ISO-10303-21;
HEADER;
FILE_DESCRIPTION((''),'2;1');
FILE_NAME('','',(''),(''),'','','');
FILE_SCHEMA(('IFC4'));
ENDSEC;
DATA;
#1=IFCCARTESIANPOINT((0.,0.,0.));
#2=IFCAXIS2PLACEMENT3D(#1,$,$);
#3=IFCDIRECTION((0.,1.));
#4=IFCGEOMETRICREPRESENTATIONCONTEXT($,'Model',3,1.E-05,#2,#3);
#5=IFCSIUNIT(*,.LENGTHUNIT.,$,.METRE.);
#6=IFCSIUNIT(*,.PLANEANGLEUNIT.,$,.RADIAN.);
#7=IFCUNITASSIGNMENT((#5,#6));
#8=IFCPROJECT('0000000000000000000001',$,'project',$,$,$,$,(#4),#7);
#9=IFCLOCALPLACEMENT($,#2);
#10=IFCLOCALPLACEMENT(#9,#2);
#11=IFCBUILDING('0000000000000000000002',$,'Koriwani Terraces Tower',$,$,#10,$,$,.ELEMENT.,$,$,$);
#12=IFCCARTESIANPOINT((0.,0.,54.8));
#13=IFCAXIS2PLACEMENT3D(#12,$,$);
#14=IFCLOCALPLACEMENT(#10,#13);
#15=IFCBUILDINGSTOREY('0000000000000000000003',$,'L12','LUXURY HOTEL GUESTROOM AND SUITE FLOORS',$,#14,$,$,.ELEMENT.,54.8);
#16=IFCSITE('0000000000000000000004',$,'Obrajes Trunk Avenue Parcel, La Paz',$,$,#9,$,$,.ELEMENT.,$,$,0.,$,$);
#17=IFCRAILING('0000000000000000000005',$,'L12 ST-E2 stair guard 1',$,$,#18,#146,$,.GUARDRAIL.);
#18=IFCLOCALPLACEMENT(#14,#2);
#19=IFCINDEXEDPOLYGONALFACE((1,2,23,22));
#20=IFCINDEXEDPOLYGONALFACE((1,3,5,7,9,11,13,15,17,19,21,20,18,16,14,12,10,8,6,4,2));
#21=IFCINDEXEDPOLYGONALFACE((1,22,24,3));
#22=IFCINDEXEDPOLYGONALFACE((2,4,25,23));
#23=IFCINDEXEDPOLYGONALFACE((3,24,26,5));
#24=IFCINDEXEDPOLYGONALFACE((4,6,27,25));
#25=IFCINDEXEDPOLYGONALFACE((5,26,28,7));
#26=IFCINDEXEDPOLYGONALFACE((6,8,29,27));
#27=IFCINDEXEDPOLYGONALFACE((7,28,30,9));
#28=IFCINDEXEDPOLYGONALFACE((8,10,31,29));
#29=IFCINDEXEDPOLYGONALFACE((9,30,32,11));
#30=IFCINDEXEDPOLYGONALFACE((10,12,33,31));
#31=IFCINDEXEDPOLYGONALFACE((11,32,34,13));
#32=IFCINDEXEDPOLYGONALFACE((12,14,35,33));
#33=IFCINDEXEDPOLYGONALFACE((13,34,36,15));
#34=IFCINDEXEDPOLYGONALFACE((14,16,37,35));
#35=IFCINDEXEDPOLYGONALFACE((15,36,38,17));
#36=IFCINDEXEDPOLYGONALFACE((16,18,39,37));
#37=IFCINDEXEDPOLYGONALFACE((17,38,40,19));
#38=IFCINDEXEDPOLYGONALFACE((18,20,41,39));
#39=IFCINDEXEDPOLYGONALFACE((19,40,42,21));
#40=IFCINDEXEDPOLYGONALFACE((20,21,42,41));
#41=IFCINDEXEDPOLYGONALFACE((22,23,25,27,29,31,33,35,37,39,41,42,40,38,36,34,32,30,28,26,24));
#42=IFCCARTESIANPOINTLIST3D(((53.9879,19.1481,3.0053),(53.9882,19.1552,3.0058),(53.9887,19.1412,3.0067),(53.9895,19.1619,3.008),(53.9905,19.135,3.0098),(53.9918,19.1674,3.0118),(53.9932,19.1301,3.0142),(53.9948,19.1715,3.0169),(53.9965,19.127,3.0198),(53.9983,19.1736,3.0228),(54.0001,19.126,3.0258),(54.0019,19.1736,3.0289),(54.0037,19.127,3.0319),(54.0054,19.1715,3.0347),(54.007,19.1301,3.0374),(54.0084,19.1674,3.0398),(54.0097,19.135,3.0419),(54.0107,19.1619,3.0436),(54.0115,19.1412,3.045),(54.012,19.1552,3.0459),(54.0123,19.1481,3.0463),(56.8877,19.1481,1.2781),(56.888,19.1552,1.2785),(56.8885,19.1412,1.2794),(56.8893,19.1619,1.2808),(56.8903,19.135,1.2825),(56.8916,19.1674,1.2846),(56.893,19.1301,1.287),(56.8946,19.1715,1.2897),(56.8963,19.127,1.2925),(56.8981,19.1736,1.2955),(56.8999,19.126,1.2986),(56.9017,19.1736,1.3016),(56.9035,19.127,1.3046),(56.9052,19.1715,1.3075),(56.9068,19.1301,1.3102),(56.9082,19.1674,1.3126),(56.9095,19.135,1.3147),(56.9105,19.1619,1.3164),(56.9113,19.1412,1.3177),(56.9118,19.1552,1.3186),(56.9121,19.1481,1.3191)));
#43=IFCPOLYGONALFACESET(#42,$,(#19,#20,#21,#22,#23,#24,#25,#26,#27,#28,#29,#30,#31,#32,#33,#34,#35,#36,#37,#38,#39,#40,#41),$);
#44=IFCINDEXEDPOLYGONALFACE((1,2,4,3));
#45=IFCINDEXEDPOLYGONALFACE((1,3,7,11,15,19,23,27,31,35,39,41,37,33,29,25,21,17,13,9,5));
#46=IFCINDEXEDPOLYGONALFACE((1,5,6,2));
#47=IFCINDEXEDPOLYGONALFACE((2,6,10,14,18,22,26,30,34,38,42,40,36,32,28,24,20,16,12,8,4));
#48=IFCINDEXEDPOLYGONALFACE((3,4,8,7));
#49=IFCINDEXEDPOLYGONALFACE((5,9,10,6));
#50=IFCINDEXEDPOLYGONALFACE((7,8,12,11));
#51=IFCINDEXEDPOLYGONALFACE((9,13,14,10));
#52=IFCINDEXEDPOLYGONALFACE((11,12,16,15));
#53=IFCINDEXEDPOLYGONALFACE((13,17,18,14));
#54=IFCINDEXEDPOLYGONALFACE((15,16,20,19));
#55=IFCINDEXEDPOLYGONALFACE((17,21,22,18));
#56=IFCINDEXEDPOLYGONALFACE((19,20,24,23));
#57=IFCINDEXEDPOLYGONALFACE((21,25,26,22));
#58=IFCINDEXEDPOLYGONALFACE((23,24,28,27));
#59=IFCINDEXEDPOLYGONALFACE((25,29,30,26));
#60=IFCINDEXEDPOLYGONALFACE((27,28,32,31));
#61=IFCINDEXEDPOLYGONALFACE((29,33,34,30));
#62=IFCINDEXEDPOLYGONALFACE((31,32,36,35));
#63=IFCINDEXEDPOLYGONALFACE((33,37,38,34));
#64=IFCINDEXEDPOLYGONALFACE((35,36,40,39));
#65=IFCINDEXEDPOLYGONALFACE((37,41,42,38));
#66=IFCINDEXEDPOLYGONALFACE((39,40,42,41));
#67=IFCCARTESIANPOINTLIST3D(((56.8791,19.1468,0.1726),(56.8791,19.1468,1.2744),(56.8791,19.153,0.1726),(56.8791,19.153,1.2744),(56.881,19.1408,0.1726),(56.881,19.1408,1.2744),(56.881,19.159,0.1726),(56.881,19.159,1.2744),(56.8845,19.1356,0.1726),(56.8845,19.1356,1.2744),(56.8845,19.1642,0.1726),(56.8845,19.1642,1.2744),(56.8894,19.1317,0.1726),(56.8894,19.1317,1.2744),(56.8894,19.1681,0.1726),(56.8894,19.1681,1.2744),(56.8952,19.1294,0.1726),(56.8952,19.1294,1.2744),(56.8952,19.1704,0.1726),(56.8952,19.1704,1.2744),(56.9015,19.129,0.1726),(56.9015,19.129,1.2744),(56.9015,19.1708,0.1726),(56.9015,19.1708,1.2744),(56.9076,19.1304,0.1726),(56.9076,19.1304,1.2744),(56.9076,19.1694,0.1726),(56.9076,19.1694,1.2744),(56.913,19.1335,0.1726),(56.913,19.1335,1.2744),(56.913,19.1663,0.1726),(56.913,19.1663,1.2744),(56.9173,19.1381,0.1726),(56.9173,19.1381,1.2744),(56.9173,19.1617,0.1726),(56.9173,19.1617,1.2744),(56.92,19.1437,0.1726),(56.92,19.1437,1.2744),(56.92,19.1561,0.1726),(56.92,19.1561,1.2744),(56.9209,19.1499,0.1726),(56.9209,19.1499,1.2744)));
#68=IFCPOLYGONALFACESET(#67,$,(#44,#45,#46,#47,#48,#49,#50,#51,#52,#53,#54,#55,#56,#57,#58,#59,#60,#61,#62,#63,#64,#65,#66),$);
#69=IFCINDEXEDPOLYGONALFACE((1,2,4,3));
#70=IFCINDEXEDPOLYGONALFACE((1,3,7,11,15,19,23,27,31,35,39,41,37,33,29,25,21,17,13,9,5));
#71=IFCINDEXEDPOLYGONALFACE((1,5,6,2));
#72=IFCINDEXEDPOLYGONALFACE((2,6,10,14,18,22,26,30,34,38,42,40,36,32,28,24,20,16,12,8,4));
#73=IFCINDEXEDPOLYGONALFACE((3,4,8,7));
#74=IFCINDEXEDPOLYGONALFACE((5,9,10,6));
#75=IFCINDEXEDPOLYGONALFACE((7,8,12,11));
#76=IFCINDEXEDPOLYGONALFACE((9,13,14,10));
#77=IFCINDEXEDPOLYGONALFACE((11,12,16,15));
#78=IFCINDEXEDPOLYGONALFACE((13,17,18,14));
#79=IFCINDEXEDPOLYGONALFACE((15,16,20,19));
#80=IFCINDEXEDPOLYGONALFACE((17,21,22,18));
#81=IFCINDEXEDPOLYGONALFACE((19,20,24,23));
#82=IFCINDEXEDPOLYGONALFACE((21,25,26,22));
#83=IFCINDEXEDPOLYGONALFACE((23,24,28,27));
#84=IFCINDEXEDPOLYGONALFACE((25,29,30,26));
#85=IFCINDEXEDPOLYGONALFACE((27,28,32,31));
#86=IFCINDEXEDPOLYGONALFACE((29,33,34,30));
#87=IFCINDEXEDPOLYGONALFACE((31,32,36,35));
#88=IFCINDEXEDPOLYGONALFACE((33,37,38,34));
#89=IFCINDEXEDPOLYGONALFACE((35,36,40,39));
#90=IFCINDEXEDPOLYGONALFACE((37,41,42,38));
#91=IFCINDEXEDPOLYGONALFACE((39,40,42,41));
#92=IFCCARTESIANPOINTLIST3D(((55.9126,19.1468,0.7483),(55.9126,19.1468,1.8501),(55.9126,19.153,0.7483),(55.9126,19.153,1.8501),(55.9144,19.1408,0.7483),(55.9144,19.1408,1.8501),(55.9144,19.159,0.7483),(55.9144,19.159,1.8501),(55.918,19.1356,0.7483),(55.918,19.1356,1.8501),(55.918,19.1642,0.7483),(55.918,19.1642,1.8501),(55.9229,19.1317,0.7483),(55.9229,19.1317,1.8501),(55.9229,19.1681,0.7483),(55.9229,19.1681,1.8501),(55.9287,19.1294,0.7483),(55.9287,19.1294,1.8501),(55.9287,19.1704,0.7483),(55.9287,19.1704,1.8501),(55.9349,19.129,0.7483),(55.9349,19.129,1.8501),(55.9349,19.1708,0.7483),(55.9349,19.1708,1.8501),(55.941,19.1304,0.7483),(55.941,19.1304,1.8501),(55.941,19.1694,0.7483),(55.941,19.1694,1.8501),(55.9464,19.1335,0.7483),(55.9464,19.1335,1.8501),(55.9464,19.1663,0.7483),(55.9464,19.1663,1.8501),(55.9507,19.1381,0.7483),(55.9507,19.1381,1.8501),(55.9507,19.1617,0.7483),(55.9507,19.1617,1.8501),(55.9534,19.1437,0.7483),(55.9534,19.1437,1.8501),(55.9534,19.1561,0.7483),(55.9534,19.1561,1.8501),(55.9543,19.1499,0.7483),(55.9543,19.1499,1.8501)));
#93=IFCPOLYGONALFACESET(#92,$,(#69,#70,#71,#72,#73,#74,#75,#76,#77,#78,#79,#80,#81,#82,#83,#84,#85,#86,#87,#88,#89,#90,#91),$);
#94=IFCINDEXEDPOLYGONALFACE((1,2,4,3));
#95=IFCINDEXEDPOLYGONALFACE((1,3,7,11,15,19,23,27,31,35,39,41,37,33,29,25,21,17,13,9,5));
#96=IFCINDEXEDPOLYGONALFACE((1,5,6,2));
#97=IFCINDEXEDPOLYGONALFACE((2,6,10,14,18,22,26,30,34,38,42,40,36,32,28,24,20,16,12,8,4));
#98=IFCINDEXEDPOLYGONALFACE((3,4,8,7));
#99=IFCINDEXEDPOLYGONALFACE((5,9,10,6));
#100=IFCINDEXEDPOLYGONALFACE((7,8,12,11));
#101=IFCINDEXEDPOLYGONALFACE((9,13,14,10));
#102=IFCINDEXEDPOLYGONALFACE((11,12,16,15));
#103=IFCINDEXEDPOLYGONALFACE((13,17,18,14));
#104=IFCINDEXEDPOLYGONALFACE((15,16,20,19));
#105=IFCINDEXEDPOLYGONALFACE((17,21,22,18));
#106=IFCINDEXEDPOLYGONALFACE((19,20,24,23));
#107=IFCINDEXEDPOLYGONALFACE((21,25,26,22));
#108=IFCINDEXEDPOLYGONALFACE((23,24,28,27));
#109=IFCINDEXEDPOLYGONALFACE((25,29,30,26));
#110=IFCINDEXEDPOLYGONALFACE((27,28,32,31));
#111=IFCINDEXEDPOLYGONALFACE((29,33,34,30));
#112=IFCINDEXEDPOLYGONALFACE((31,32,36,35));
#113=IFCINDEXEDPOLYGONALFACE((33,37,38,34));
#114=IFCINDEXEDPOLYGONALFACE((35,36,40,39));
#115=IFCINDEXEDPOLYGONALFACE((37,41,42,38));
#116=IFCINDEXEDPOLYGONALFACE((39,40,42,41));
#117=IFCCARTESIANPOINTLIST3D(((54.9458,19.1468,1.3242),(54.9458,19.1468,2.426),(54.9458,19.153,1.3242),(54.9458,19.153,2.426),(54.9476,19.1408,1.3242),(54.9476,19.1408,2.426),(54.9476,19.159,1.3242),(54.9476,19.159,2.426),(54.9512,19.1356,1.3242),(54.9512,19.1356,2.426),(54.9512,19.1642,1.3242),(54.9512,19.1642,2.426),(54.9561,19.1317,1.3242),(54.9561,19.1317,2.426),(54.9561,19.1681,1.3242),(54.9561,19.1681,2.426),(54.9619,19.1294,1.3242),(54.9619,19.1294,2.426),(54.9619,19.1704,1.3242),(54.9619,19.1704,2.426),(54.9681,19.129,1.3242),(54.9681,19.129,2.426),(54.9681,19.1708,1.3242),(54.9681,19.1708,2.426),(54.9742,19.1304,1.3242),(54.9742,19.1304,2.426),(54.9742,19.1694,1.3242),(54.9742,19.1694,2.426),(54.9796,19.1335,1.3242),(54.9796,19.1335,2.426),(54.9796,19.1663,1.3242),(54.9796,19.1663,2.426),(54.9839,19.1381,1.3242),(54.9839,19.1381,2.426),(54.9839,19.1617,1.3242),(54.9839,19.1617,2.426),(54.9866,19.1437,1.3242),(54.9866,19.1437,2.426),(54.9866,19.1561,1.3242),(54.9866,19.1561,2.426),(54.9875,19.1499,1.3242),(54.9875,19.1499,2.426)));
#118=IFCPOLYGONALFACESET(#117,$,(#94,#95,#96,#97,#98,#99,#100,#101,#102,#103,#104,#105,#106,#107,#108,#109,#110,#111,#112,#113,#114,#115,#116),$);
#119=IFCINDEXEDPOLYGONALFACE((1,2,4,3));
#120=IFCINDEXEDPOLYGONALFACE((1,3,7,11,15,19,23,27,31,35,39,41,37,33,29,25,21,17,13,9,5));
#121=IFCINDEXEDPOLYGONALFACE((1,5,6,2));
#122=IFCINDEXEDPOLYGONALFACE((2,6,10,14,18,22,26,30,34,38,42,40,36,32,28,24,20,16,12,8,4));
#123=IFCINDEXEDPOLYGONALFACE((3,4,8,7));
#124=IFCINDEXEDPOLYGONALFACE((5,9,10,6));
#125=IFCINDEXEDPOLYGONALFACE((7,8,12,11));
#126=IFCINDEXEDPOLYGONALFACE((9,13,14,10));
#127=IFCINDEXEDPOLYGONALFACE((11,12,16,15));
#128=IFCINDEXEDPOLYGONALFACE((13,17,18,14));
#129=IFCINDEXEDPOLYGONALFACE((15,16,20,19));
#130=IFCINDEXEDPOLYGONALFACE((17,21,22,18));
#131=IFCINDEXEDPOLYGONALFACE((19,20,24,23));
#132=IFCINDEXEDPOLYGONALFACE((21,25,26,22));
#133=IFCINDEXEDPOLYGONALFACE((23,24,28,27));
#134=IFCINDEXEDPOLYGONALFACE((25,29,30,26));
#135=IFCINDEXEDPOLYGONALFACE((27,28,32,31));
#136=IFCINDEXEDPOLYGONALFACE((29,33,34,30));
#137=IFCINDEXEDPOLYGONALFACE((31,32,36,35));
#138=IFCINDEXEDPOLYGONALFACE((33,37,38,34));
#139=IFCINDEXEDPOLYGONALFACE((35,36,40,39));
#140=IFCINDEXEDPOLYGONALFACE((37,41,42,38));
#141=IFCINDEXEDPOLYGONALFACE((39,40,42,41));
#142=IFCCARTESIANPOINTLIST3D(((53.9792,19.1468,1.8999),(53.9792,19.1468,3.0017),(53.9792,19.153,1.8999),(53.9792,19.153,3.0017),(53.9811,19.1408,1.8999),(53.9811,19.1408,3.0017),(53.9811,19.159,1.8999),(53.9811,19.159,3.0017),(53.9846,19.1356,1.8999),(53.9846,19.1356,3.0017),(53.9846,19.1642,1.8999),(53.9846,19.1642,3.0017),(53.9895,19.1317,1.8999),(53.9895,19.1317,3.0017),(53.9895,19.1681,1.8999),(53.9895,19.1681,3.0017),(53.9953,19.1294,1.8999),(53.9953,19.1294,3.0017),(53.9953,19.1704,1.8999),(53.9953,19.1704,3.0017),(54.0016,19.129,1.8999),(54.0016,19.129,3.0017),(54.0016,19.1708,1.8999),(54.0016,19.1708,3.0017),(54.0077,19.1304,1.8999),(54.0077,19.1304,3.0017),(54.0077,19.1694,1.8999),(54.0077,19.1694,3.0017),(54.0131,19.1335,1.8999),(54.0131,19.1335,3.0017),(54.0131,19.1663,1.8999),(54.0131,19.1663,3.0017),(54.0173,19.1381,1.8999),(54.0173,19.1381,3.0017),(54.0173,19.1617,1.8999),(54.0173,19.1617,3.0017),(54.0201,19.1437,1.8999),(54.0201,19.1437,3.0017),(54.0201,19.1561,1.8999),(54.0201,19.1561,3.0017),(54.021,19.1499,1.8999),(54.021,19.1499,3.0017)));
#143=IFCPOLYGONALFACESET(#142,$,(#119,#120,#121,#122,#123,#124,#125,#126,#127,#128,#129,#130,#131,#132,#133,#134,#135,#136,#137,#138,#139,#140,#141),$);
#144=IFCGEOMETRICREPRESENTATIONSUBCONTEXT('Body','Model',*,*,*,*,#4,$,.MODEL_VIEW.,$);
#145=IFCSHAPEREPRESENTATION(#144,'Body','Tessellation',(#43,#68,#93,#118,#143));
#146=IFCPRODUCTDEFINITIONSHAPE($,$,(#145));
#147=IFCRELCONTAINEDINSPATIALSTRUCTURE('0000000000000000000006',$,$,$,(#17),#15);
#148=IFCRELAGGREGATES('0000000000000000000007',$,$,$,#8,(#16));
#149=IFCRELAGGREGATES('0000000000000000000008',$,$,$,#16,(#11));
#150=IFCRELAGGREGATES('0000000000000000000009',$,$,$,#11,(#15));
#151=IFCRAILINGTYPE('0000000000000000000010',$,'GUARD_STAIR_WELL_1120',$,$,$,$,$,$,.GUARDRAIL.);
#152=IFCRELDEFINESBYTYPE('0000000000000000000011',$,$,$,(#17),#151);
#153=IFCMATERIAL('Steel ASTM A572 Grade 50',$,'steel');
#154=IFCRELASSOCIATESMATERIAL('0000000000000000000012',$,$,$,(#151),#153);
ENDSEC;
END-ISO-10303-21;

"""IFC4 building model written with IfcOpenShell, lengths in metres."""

from ifc_helpers import new_model, si_unit, direction, frame, origin, origin_2d, place, context, subcontext, project, spatial, circle, extrude, material, type_object, element, save


model = new_model("IFC4")

# Units and contexts
model_context = context("Model", 3, precision=1e-05, world=origin(), true_north=direction((0.0, 1.0)))
body_context = subcontext(model_context, "Body", "Model", "MODEL_VIEW")
ifc_project = project(units=[si_unit("LENGTHUNIT", "METRE"), si_unit("PLANEANGLEUNIT", "RADIAN")], contexts=[model_context])

# Site, building, storey
site_placement = place(None, origin())
site = spatial("IfcSite", under=ifc_project, at=site_placement, Name="Obrajes Trunk Avenue Parcel, La Paz", CompositionType="ELEMENT", RefElevation=0.0)
building_placement = place(site_placement, origin())
building = spatial("IfcBuilding", under=site, at=building_placement, Name="Koriwani Terraces Tower", CompositionType="ELEMENT")
storey_placement = place(building_placement, frame((0.0, 0.0, 54.8)))
storey = spatial("IfcBuildingStorey", under=building, at=storey_placement, Name="L12", Description="LUXURY HOTEL GUESTROOM AND SUITE FLOORS", CompositionType="ELEMENT", Elevation=54.8)

# Shared definitions
ifc_material_1 = material(Name="Steel ASTM A572 Grade 50", Category="steel")

# Railing
railing_type_1 = type_object("IfcRailingType", Name="GUARD_STAIR_WELL_1120", PredefinedType="GUARDRAIL", material=ifc_material_1)
railing_1_placement = place(storey_placement, frame((56.8999, 19.1499, 0.1726)))
element("IfcRailing", 1, at=railing_1_placement, inside=storey, type_object=railing_type_1, Name="L12 ST-E2 stair guard 1", PredefinedType="GUARDRAIL", context=body_context, shape_type="SweptSolid", body=[
    extrude(circle(Radius=0.0239, at=origin_2d()), frame((0.0, 0.0, 1.126), z_axis=(-0.859141, 0.0, 0.511738), x_axis=(0.0, -1.0, 0.0)), (0.0, 0.0, 1.0), 3.3752),
    extrude(circle(Radius=0.021, at=origin_2d()), origin(), (0.0, 0.0, 1.0), 1.1018),
    extrude(circle(Radius=0.021, at=origin_2d()), frame((-0.9666, 0.0, 0.5757)), (0.0, 0.0, 1.0), 1.1018),
    extrude(circle(Radius=0.021, at=origin_2d()), frame((-1.9333, 0.0, 1.1516)), (0.0, 0.0, 1.0), 1.1018),
    extrude(circle(Radius=0.021, at=origin_2d()), frame((-2.8999, 0.0, 1.7273)), (0.0, 0.0, 1.0), 1.1018),
])

save(model, "model.ifc")
